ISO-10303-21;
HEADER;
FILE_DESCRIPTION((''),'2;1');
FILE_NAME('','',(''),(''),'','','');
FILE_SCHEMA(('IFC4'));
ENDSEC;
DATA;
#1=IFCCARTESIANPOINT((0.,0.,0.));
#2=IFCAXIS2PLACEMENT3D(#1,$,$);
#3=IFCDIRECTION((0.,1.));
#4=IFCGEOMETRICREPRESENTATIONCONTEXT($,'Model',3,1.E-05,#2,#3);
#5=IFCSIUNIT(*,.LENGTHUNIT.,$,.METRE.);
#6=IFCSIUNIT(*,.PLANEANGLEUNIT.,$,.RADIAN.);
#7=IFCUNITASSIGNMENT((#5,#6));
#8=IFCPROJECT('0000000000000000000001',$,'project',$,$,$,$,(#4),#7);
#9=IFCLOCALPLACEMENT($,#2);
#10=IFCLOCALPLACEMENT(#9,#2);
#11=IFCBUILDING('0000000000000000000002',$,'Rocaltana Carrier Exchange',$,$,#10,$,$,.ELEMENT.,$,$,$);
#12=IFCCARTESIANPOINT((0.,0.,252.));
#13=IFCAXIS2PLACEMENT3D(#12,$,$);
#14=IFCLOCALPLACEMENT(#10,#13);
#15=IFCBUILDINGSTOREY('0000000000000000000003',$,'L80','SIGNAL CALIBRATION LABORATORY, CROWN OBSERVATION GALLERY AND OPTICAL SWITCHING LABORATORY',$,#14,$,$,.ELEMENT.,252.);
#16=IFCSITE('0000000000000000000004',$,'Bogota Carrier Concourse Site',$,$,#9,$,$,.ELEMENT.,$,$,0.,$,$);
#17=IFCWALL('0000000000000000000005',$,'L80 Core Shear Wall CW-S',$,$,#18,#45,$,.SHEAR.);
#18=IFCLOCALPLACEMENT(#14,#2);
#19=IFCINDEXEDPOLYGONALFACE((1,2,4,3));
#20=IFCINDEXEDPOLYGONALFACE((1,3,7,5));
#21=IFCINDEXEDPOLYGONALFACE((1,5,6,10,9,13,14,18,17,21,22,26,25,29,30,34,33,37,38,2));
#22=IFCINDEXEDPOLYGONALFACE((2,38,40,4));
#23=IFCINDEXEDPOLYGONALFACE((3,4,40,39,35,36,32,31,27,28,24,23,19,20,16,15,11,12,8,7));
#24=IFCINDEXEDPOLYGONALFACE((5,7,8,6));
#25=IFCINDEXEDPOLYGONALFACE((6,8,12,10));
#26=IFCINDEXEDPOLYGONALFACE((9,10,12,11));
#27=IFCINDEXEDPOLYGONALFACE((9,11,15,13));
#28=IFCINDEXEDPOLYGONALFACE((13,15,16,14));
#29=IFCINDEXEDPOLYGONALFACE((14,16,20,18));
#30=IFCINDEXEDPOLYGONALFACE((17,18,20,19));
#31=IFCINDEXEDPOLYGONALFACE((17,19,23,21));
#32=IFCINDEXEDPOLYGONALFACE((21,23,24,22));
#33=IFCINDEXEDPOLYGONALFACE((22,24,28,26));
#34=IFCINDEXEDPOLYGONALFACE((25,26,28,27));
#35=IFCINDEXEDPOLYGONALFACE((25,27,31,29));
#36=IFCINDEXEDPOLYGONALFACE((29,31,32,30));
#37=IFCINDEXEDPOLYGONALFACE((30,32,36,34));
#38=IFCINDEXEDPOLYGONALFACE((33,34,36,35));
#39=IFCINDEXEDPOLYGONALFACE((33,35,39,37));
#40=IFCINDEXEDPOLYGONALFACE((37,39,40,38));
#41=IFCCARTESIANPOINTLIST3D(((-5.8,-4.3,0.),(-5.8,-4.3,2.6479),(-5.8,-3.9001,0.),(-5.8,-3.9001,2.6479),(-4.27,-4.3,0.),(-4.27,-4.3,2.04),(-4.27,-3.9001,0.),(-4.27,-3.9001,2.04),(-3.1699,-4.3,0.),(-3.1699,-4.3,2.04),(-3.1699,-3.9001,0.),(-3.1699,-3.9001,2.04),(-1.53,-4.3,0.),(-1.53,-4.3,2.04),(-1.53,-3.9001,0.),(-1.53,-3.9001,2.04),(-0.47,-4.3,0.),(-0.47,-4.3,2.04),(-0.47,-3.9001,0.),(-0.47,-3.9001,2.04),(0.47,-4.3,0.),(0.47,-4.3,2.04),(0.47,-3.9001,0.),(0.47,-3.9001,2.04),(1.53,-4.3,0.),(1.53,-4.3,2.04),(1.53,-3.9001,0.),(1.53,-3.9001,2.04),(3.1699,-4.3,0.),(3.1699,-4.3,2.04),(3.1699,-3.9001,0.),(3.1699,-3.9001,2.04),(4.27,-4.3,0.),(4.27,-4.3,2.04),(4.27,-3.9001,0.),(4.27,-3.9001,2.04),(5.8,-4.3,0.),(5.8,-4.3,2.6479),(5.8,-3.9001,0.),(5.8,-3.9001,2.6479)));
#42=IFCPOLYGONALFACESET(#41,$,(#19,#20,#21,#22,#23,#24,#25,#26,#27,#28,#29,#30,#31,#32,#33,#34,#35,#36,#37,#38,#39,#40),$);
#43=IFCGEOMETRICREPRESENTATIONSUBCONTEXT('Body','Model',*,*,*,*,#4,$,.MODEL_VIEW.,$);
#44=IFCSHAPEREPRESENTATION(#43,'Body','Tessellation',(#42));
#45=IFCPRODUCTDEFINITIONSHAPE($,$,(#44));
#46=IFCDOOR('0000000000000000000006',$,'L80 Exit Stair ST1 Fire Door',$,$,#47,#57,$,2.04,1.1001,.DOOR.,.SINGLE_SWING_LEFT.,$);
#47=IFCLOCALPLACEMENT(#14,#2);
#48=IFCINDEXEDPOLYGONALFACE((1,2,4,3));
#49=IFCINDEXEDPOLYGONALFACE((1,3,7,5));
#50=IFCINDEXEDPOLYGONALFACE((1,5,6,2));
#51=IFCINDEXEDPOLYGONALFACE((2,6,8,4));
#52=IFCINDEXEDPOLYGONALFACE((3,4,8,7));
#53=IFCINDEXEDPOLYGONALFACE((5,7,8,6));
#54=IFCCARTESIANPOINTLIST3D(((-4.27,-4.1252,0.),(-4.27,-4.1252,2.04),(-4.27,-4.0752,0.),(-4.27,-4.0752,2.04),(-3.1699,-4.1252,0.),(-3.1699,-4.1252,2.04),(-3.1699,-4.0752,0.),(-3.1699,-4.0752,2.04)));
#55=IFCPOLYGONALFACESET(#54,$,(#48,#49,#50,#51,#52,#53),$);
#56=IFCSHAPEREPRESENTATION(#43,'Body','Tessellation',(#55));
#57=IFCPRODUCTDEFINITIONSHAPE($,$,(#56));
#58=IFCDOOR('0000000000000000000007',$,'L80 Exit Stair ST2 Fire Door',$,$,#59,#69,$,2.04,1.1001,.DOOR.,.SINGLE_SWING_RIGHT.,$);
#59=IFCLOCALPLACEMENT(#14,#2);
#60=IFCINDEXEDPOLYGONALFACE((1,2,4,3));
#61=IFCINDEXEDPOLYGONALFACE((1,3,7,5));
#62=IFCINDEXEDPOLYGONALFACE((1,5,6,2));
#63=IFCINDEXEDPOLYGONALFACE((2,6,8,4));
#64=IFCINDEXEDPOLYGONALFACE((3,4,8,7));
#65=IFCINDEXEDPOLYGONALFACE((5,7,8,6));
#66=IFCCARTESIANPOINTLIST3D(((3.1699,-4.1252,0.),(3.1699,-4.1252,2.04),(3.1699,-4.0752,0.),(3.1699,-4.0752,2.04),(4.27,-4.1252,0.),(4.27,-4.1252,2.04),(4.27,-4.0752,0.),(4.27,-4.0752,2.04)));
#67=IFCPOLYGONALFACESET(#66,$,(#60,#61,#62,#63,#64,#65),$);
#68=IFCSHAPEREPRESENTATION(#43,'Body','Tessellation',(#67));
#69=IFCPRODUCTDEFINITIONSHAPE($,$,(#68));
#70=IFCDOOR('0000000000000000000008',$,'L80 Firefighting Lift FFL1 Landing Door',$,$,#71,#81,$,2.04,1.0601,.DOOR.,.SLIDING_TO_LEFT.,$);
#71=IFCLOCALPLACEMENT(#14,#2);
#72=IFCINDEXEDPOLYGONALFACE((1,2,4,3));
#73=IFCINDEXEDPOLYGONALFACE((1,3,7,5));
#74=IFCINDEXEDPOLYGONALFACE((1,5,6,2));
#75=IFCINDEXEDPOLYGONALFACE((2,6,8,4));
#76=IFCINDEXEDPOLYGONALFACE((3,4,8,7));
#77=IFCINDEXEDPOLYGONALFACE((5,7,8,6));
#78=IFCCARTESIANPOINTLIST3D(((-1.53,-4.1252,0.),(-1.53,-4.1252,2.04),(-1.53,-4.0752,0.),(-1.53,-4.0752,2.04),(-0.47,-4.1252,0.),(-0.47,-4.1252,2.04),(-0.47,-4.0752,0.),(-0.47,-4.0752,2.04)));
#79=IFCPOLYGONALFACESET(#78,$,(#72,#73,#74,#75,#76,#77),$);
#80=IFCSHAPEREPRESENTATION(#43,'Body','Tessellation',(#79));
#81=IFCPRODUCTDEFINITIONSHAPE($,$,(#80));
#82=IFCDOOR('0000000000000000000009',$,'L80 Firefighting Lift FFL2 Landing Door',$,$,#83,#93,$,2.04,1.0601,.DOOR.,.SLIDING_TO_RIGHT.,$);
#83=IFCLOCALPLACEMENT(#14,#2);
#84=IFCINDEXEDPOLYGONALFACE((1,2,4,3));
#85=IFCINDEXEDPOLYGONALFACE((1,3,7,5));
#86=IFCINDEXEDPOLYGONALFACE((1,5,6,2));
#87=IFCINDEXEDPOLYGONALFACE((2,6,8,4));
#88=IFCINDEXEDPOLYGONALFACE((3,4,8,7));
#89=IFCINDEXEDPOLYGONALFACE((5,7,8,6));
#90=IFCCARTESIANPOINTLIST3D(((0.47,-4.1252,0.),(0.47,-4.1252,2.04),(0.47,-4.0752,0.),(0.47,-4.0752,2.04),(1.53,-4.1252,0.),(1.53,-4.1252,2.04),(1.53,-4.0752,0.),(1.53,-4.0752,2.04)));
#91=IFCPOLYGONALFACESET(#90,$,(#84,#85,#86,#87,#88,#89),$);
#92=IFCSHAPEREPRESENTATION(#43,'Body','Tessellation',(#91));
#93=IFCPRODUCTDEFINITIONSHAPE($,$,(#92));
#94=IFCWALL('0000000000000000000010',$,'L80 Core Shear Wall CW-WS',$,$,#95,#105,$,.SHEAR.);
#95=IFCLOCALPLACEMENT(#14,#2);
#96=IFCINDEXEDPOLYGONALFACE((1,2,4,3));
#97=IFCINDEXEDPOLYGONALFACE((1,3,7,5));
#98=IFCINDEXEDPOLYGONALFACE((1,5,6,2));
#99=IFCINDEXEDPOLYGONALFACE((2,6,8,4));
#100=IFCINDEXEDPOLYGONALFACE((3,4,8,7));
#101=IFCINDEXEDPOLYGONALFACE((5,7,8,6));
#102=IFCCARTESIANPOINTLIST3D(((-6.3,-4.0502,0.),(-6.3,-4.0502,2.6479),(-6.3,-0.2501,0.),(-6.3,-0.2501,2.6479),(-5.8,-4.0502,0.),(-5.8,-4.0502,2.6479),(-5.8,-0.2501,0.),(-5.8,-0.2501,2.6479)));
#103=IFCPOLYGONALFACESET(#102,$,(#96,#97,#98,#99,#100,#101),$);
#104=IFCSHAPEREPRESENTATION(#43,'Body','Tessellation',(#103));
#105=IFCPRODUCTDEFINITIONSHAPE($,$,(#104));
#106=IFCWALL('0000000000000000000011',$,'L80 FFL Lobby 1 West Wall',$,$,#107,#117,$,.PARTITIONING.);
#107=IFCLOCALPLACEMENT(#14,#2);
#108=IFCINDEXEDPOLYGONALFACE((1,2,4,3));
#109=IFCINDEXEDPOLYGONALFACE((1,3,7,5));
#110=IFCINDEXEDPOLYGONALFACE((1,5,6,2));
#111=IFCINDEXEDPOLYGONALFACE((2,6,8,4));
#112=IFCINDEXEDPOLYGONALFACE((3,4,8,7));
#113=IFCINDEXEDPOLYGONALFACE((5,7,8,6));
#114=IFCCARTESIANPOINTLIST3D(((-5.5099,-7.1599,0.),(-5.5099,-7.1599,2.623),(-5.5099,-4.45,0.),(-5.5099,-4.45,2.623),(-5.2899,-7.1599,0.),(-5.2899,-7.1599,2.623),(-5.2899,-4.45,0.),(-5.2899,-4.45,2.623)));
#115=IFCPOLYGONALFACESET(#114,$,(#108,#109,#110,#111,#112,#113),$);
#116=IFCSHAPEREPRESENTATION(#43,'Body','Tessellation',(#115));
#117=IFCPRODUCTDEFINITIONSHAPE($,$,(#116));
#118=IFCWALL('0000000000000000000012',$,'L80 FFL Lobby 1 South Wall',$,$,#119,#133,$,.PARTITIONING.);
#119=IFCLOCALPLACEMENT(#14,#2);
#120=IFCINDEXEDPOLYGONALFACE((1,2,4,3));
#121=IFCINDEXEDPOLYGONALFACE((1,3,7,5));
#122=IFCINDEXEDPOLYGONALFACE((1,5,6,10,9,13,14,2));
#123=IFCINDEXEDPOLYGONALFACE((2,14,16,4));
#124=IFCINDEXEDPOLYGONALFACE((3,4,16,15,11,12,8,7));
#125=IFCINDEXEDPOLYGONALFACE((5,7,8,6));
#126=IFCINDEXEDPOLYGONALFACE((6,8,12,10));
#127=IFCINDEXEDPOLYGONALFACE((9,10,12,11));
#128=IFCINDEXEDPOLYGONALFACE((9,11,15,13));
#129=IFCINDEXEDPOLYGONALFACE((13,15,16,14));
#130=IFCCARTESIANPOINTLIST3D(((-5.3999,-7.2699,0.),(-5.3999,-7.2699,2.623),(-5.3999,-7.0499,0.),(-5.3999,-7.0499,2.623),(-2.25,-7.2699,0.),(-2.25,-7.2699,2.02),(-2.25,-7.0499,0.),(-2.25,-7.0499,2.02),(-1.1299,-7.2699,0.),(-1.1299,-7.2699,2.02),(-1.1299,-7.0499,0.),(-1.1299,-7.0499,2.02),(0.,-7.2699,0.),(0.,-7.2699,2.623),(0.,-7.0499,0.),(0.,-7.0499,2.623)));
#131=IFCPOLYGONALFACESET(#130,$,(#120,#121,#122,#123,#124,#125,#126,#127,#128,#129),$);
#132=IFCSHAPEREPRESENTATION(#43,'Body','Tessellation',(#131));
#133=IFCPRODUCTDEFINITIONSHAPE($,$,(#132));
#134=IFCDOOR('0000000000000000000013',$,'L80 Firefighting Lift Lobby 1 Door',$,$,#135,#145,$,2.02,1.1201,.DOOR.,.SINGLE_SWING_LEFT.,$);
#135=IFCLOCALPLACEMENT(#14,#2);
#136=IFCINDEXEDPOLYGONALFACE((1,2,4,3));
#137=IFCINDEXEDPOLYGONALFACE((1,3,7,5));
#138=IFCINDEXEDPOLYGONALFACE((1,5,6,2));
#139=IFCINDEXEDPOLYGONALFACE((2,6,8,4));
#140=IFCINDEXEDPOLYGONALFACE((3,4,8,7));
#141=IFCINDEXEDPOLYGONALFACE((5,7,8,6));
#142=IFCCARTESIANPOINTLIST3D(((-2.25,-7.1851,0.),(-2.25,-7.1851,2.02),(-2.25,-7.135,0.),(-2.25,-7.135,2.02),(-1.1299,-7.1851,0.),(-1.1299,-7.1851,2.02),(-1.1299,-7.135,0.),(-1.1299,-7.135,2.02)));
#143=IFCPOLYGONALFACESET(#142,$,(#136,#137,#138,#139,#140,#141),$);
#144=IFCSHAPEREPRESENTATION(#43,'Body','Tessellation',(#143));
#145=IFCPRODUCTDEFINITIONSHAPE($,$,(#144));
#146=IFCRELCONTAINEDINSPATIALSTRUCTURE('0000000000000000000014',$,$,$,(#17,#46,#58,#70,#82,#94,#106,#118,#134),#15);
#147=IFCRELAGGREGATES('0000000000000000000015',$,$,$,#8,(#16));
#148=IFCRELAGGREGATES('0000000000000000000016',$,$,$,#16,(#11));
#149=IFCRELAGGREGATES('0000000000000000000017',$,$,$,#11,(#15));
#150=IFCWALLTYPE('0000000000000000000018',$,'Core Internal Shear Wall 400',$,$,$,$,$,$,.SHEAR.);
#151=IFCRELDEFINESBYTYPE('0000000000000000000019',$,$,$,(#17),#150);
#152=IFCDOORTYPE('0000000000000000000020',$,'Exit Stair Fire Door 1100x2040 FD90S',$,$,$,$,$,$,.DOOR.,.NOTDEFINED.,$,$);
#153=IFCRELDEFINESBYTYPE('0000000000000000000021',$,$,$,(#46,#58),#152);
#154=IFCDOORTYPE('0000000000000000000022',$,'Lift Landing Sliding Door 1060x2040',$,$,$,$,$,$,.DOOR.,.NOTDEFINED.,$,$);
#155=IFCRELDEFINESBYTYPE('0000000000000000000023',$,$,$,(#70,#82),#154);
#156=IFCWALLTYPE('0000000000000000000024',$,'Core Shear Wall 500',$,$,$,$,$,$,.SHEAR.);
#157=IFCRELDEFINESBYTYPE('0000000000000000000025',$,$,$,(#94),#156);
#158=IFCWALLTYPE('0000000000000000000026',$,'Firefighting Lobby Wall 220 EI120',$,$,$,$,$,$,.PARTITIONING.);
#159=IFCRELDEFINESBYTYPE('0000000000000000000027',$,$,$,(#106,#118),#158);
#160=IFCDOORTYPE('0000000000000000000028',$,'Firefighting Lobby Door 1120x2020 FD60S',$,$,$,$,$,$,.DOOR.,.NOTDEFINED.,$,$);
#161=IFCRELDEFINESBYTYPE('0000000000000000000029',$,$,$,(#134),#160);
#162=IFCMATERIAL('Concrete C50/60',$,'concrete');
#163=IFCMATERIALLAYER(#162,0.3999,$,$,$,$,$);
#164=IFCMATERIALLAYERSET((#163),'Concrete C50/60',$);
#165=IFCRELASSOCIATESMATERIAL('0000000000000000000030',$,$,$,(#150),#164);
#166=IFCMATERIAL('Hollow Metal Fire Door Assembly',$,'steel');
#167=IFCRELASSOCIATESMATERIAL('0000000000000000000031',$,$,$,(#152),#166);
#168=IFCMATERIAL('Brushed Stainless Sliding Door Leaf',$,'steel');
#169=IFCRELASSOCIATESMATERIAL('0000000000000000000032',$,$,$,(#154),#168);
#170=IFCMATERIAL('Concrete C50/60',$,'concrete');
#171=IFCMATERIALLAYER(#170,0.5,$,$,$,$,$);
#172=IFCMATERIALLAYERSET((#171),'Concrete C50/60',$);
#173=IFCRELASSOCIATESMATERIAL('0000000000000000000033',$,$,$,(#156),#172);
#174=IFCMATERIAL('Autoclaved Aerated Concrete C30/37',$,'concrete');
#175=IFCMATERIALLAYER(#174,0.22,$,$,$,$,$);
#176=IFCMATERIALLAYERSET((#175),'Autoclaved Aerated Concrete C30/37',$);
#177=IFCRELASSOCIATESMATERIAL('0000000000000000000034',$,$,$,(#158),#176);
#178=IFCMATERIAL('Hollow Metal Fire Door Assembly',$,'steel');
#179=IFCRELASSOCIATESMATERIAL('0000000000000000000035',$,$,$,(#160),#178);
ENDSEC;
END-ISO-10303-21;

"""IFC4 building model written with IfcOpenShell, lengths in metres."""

from ifc_helpers import new_model, si_unit, direction, frame, frame_2d, origin, place, context, subcontext, project, spatial, rectangle, extrude, material, layer, layer_set, type_object, element, fill, save


model = new_model("IFC4")

# Units and contexts
model_context = context("Model", 3, precision=1e-05, world=origin(), true_north=direction((0.0, 1.0)))
body_context = subcontext(model_context, "Body", "Model", "MODEL_VIEW")
ifc_project = project(units=[si_unit("LENGTHUNIT", "METRE"), si_unit("PLANEANGLEUNIT", "RADIAN")], contexts=[model_context])

# Site, building, storey
site_placement = place(None, origin())
site = spatial("IfcSite", under=ifc_project, at=site_placement, Name="Bogota Carrier Concourse Site", CompositionType="ELEMENT", RefElevation=0.0)
building_placement = place(site_placement, origin())
building = spatial("IfcBuilding", under=site, at=building_placement, Name="Rocaltana Carrier Exchange", CompositionType="ELEMENT")
storey_placement = place(building_placement, frame((0.0, 0.0, 252.0)))
storey = spatial("IfcBuildingStorey", under=building, at=storey_placement, Name="L80", Description="SIGNAL CALIBRATION LABORATORY, CROWN OBSERVATION GALLERY AND OPTICAL SWITCHING LABORATORY", CompositionType="ELEMENT", Elevation=252.0)

# Wall, openings, doors
ifc_material_1 = material(Name="Concrete C50/60", Category="concrete")
ifc_layer_1 = layer(ifc_material_1, 0.3999)
ifc_layer_set_1 = layer_set([ifc_layer_1], Name="Concrete C50/60")
wall_type_1 = type_object("IfcWallType", Name="Core Internal Shear Wall 400", PredefinedType="SHEAR", material=ifc_layer_set_1)
wall_1_placement = place(storey_placement, frame((-5.8, -4.1001, 0.0), z_axis=(0.0, 0.0, 1.0), x_axis=(1.0, 0.0, 0.0)))
wall_1 = element("IfcWall", 1, at=wall_1_placement, inside=storey, type_object=wall_type_1, Name="L80 Core Shear Wall CW-S", PredefinedType="SHEAR", context=body_context, shape_type="SweptSolid", body=[
    extrude(rectangle(XDim=11.6001, YDim=0.3999, at=frame_2d((5.8, 0.0))), origin(), (0.0, 0.0, 1.0), 2.6479),
])
opening_1_placement = place(wall_1_placement, frame((1.53, 0.0, 0.0)))
opening_1 = element("IfcOpeningElement", 2, at=opening_1_placement, cuts=wall_1, PredefinedType="OPENING", context=body_context, shape_type="SweptSolid", body=[
    extrude(rectangle(XDim=1.1001, YDim=2.04, at=frame_2d((0.55, 1.02))), frame((0.0, 0.21, 0.0), z_axis=(0.0, -1.0, 0.0), x_axis=(1.0, 0.0, 0.0)), (0.0, 0.0, 1.0), 0.4199),
])
opening_2_placement = place(wall_1_placement, frame((8.97, 0.0, 0.0)))
opening_2 = element("IfcOpeningElement", 3, at=opening_2_placement, cuts=wall_1, PredefinedType="OPENING", context=body_context, shape_type="SweptSolid", body=[
    extrude(rectangle(XDim=1.1001, YDim=2.04, at=frame_2d((0.55, 1.02))), frame((0.0, 0.21, 0.0), z_axis=(0.0, -1.0, 0.0), x_axis=(1.0, 0.0, 0.0)), (0.0, 0.0, 1.0), 0.4199),
])
opening_3_placement = place(wall_1_placement, frame((4.27, 0.0, 0.0)))
opening_3 = element("IfcOpeningElement", 4, at=opening_3_placement, cuts=wall_1, PredefinedType="OPENING", context=body_context, shape_type="SweptSolid", body=[
    extrude(rectangle(XDim=1.0601, YDim=2.04, at=frame_2d((0.53, 1.02))), frame((0.0, 0.21, 0.0), z_axis=(0.0, -1.0, 0.0), x_axis=(1.0, 0.0, 0.0)), (0.0, 0.0, 1.0), 0.4199),
])
opening_4_placement = place(wall_1_placement, frame((6.27, 0.0, 0.0)))
opening_4 = element("IfcOpeningElement", 5, at=opening_4_placement, cuts=wall_1, PredefinedType="OPENING", context=body_context, shape_type="SweptSolid", body=[
    extrude(rectangle(XDim=1.0601, YDim=2.04, at=frame_2d((0.53, 1.02))), frame((0.0, 0.21, 0.0), z_axis=(0.0, -1.0, 0.0), x_axis=(1.0, 0.0, 0.0)), (0.0, 0.0, 1.0), 0.4199),
])
ifc_material_2 = material(Name="Hollow Metal Fire Door Assembly", Category="steel")
door_type_1 = type_object("IfcDoorType", Name="Exit Stair Fire Door 1100x2040 FD90S", OperationType="NOTDEFINED", PredefinedType="DOOR", material=ifc_material_2)
door_1_placement = place(opening_1_placement, origin())
door_1 = element("IfcDoor", 6, at=door_1_placement, inside=storey, type_object=door_type_1, Name="L80 Exit Stair ST1 Fire Door", OperationType="SINGLE_SWING_LEFT", OverallHeight=2.04, OverallWidth=1.1001, PredefinedType="DOOR", context=body_context, shape_type="SweptSolid", body=[
    extrude(rectangle(XDim=1.1001, YDim=2.04, at=frame_2d((0.55, 1.02))), frame((0.0, 0.0249, 0.0), z_axis=(0.0, -1.0, 0.0), x_axis=(1.0, 0.0, 0.0)), (0.0, 0.0, 1.0), 0.05),
])
fill(opening_1, door_1)
door_2_placement = place(opening_2_placement, origin())
door_2 = element("IfcDoor", 7, at=door_2_placement, inside=storey, type_object=door_type_1, Name="L80 Exit Stair ST2 Fire Door", OperationType="SINGLE_SWING_RIGHT", OverallHeight=2.04, OverallWidth=1.1001, PredefinedType="DOOR", context=body_context, shape_type="SweptSolid", body=[
    extrude(rectangle(XDim=1.1001, YDim=2.04, at=frame_2d((0.55, 1.02))), frame((0.0, 0.0249, 0.0), z_axis=(0.0, -1.0, 0.0), x_axis=(1.0, 0.0, 0.0)), (0.0, 0.0, 1.0), 0.05),
])
fill(opening_2, door_2)
ifc_material_3 = material(Name="Brushed Stainless Sliding Door Leaf", Category="steel")
door_type_2 = type_object("IfcDoorType", Name="Lift Landing Sliding Door 1060x2040", OperationType="NOTDEFINED", PredefinedType="DOOR", material=ifc_material_3)
door_3_placement = place(opening_3_placement, origin())
door_3 = element("IfcDoor", 8, at=door_3_placement, inside=storey, type_object=door_type_2, Name="L80 Firefighting Lift FFL1 Landing Door", OperationType="SLIDING_TO_LEFT", OverallHeight=2.04, OverallWidth=1.0601, PredefinedType="DOOR", context=body_context, shape_type="SweptSolid", body=[
    extrude(rectangle(XDim=1.0601, YDim=2.04, at=frame_2d((0.53, 1.02))), frame((0.0, 0.0249, 0.0), z_axis=(0.0, -1.0, 0.0), x_axis=(1.0, 0.0, 0.0)), (0.0, 0.0, 1.0), 0.05),
])
fill(opening_3, door_3)
door_4_placement = place(opening_4_placement, origin())
door_4 = element("IfcDoor", 9, at=door_4_placement, inside=storey, type_object=door_type_2, Name="L80 Firefighting Lift FFL2 Landing Door", OperationType="SLIDING_TO_RIGHT", OverallHeight=2.04, OverallWidth=1.0601, PredefinedType="DOOR", context=body_context, shape_type="SweptSolid", body=[
    extrude(rectangle(XDim=1.0601, YDim=2.04, at=frame_2d((0.53, 1.02))), frame((0.0, 0.0249, 0.0), z_axis=(0.0, -1.0, 0.0), x_axis=(1.0, 0.0, 0.0)), (0.0, 0.0, 1.0), 0.05),
])
fill(opening_4, door_4)

# Walls
ifc_material_4 = material(Name="Concrete C50/60", Category="concrete")
ifc_layer_2 = layer(ifc_material_4, 0.5)
ifc_layer_set_2 = layer_set([ifc_layer_2], Name="Concrete C50/60")
wall_type_2 = type_object("IfcWallType", Name="Core Shear Wall 500", PredefinedType="SHEAR", material=ifc_layer_set_2)
wall_2_placement = place(storey_placement, frame((-6.05, -4.05, 0.0), z_axis=(0.0, 0.0, 1.0), x_axis=(0.0, 1.0, 0.0)))
element("IfcWall", 10, at=wall_2_placement, inside=storey, type_object=wall_type_2, Name="L80 Core Shear Wall CW-WS", PredefinedType="SHEAR", context=body_context, shape_type="SweptSolid", body=[
    extrude(rectangle(XDim=3.8, YDim=0.5, at=frame_2d((1.8999, 0.0))), origin(), (0.0, 0.0, 1.0), 2.6479),
])
ifc_material_5 = material(Name="Autoclaved Aerated Concrete C30/37", Category="concrete")
ifc_layer_3 = layer(ifc_material_5, 0.22)
ifc_layer_set_3 = layer_set([ifc_layer_3], Name="Autoclaved Aerated Concrete C30/37")
wall_type_3 = type_object("IfcWallType", Name="Firefighting Lobby Wall 220 EI120", PredefinedType="PARTITIONING", material=ifc_layer_set_3)
wall_3_placement = place(storey_placement, frame((-5.3999, -7.1599, 0.0), z_axis=(0.0, 0.0, 1.0), x_axis=(0.0, 1.0, 0.0)))
element("IfcWall", 11, at=wall_3_placement, inside=storey, type_object=wall_type_3, Name="L80 FFL Lobby 1 West Wall", PredefinedType="PARTITIONING", context=body_context, shape_type="SweptSolid", body=[
    extrude(rectangle(XDim=2.71, YDim=0.22, at=frame_2d((1.355, 0.0))), origin(), (0.0, 0.0, 1.0), 2.623),
])

# Wall, opening, door
wall_4_placement = place(storey_placement, frame((-5.3999, -7.1599, 0.0), z_axis=(0.0, 0.0, 1.0), x_axis=(1.0, 0.0, 0.0)))
wall_4 = element("IfcWall", 12, at=wall_4_placement, inside=storey, type_object=wall_type_3, Name="L80 FFL Lobby 1 South Wall", PredefinedType="PARTITIONING", context=body_context, shape_type="SweptSolid", body=[
    extrude(rectangle(XDim=5.3999, YDim=0.22, at=frame_2d((2.7, 0.0))), origin(), (0.0, 0.0, 1.0), 2.623),
])
opening_5_placement = place(wall_4_placement, frame((3.1499, 0.0, 0.0)))
opening_5 = element("IfcOpeningElement", 13, at=opening_5_placement, cuts=wall_4, PredefinedType="OPENING", context=body_context, shape_type="SweptSolid", body=[
    extrude(rectangle(XDim=1.1201, YDim=2.02, at=frame_2d((0.5601, 1.01))), frame((0.0, 0.1199, 0.0), z_axis=(0.0, -1.0, 0.0), x_axis=(1.0, 0.0, 0.0)), (0.0, 0.0, 1.0), 0.24),
])
ifc_material_6 = material(Name="Hollow Metal Fire Door Assembly", Category="steel")
door_type_3 = type_object("IfcDoorType", Name="Firefighting Lobby Door 1120x2020 FD60S", OperationType="NOTDEFINED", PredefinedType="DOOR", material=ifc_material_6)
door_5_placement = place(opening_5_placement, origin())
door_5 = element("IfcDoor", 14, at=door_5_placement, inside=storey, type_object=door_type_3, Name="L80 Firefighting Lift Lobby 1 Door", OperationType="SINGLE_SWING_LEFT", OverallHeight=2.02, OverallWidth=1.1201, PredefinedType="DOOR", context=body_context, shape_type="SweptSolid", body=[
    extrude(rectangle(XDim=1.1201, YDim=2.02, at=frame_2d((0.5601, 1.01))), frame((0.0, 0.0249, 0.0), z_axis=(0.0, -1.0, 0.0), x_axis=(1.0, 0.0, 0.0)), (0.0, 0.0, 1.0), 0.05),
])
fill(opening_5, door_5)

save(model, "model.ifc")
